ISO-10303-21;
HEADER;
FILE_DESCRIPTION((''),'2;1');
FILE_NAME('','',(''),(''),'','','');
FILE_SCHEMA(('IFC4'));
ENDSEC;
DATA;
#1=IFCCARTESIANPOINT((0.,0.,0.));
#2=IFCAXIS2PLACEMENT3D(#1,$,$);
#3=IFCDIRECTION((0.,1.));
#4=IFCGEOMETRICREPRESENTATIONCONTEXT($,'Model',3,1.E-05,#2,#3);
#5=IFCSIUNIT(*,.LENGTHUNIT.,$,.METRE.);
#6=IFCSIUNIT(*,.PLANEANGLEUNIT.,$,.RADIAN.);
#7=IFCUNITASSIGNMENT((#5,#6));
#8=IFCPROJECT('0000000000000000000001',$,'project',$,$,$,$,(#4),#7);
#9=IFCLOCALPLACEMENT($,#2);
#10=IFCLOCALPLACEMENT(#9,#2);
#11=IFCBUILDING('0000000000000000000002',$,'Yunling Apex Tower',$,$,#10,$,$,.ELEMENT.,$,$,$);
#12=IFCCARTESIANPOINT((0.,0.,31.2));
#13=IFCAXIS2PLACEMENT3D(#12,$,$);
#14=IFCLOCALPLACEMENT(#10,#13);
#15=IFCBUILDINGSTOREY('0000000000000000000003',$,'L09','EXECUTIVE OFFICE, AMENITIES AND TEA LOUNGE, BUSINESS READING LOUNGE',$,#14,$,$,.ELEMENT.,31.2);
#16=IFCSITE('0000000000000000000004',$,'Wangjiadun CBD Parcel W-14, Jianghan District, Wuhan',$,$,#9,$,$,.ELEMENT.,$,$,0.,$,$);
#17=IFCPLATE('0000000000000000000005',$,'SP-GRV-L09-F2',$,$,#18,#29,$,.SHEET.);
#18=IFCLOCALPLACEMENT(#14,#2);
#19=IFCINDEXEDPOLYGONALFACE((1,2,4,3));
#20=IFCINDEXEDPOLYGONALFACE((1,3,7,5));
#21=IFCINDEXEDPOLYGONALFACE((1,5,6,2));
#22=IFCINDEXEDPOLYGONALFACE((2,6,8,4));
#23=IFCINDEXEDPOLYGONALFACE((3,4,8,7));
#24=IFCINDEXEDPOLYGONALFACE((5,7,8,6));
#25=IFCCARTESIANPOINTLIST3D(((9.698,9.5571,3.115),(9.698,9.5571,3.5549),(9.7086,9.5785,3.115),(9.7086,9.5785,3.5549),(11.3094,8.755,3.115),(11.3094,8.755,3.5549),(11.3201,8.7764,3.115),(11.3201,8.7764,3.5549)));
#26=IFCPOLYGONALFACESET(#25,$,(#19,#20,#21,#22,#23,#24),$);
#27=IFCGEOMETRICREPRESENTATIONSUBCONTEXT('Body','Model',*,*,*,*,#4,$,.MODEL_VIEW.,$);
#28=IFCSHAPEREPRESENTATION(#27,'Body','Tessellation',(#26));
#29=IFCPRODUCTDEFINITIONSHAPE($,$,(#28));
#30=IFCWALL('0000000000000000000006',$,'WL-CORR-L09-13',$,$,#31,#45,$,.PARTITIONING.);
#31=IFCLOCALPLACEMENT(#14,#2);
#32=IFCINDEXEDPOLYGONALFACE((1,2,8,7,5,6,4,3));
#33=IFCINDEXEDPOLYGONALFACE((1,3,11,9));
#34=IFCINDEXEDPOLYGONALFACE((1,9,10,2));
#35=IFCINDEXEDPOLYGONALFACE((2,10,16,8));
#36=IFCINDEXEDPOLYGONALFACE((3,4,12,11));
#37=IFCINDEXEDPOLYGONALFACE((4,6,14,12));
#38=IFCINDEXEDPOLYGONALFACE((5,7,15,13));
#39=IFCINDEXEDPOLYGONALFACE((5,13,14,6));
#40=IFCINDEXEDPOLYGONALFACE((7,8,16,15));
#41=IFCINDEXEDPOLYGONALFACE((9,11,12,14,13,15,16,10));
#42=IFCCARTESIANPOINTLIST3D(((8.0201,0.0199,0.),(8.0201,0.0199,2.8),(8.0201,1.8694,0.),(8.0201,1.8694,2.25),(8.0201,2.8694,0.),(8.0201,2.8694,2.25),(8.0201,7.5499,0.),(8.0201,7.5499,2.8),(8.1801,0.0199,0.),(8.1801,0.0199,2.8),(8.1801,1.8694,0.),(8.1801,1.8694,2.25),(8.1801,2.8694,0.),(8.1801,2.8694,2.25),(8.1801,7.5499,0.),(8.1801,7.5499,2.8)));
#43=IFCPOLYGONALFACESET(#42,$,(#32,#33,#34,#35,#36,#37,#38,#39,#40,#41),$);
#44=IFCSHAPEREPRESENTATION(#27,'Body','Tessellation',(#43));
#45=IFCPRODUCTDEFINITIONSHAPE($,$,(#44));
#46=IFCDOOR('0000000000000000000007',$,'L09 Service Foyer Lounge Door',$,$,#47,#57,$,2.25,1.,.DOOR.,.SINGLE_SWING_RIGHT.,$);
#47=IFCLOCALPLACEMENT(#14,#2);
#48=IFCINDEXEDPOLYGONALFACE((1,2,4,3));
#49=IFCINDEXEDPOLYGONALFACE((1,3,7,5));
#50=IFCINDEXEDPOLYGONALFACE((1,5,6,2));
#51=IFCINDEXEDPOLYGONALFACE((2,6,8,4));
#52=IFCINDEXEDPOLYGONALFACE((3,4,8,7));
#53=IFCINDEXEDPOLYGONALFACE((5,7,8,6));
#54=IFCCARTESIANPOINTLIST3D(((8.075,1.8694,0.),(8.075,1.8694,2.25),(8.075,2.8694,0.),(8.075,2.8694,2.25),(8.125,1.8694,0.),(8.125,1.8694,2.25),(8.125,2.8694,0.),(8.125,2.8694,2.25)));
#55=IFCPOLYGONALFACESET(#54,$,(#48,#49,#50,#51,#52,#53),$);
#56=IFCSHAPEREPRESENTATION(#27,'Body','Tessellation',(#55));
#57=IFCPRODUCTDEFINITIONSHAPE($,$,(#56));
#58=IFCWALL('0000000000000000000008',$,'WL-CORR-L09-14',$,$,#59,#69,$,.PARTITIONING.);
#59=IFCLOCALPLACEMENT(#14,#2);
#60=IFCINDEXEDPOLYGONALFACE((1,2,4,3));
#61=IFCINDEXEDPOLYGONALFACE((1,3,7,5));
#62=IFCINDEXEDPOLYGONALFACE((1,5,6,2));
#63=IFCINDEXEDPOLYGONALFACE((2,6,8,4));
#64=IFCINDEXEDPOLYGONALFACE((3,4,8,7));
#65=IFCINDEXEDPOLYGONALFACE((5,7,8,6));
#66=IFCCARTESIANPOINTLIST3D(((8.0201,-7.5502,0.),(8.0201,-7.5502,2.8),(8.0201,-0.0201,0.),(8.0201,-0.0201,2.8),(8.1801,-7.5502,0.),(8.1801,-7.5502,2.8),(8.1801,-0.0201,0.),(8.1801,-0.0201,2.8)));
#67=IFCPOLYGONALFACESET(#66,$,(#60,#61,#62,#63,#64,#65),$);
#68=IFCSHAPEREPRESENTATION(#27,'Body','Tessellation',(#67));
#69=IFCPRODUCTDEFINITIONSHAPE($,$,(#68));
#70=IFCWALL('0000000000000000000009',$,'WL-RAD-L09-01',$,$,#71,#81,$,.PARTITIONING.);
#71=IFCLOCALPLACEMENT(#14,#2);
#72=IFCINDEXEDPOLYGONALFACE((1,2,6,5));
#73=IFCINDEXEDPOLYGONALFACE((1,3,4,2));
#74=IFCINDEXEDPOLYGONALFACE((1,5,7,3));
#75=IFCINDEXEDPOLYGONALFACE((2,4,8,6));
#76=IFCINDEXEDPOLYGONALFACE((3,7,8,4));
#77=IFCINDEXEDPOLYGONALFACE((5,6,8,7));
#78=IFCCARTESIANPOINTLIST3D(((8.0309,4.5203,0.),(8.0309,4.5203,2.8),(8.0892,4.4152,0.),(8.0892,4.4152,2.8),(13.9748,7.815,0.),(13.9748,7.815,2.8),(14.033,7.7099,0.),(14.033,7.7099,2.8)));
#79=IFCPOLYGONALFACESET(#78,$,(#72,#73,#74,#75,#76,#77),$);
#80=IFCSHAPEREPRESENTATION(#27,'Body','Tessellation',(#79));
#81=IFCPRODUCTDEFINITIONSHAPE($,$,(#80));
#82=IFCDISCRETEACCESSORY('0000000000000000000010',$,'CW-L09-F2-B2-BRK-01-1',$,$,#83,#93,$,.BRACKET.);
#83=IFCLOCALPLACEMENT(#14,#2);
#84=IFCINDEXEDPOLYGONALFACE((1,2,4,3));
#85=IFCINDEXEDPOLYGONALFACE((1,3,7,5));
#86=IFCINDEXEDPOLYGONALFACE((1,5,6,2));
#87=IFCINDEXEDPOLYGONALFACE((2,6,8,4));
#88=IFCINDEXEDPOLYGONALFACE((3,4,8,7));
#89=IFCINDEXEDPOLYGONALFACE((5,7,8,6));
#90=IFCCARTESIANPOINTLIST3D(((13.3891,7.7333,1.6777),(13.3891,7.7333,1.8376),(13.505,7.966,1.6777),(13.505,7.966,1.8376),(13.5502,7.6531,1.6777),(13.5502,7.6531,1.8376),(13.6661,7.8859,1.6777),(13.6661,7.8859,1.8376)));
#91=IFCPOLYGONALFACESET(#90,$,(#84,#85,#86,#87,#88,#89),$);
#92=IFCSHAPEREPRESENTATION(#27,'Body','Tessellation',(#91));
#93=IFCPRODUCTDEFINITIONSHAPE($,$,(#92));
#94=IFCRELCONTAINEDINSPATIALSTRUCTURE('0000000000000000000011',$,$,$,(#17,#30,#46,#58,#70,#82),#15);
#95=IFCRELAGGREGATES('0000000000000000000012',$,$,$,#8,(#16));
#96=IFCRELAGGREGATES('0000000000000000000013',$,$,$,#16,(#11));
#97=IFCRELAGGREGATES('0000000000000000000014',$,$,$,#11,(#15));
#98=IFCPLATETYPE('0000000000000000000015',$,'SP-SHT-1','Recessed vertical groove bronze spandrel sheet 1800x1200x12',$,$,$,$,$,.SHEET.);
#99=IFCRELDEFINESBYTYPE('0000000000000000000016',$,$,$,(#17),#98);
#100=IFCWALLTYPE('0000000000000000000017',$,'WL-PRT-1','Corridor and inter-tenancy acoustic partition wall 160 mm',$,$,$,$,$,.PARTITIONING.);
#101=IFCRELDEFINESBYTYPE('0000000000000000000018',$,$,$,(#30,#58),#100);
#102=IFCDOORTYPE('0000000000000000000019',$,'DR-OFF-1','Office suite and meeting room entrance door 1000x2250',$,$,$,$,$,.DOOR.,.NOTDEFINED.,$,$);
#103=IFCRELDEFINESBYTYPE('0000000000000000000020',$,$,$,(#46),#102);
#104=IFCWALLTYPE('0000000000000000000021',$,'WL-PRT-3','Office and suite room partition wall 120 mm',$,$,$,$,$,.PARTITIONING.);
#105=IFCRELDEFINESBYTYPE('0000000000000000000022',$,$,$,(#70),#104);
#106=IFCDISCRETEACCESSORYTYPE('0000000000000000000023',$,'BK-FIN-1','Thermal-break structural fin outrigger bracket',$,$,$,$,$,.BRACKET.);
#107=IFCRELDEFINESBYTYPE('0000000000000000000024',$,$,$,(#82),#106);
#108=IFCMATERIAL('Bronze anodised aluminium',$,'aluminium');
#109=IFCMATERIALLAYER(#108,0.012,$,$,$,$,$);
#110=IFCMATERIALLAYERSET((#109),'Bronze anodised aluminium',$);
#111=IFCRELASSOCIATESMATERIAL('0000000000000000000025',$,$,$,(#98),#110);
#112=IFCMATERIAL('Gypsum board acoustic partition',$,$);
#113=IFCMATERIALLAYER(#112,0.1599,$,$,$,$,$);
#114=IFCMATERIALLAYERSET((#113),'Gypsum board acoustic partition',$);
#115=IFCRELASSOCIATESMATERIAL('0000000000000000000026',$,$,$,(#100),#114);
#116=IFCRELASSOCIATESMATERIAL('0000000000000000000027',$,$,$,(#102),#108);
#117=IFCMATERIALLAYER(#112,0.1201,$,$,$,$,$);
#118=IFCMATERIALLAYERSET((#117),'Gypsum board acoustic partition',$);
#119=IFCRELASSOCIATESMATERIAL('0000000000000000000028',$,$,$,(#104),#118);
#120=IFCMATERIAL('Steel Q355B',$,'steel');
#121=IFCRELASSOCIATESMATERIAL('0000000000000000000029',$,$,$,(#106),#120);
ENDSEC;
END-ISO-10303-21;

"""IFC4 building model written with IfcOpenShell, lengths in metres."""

from ifc_helpers import new_model, si_unit, direction, frame, frame_2d, origin, origin_2d, place, context, subcontext, project, spatial, rectangle, extrude, source, transform, mapped, material, layer, layer_set, type_object, element, fill, save


model = new_model("IFC4")

# Units and contexts
model_context = context("Model", 3, precision=1e-05, world=origin(), true_north=direction((0.0, 1.0)))
body_context = subcontext(model_context, "Body", "Model", "MODEL_VIEW")
ifc_project = project(units=[si_unit("LENGTHUNIT", "METRE"), si_unit("PLANEANGLEUNIT", "RADIAN")], contexts=[model_context])

# Site, building, storey
site_placement = place(None, origin())
site = spatial("IfcSite", under=ifc_project, at=site_placement, Name="Wangjiadun CBD Parcel W-14, Jianghan District, Wuhan", CompositionType="ELEMENT", RefElevation=0.0)
building_placement = place(site_placement, origin())
building = spatial("IfcBuilding", under=site, at=building_placement, Name="Yunling Apex Tower", CompositionType="ELEMENT")
storey_placement = place(building_placement, frame((0.0, 0.0, 31.2)))
storey = spatial("IfcBuildingStorey", under=building, at=storey_placement, Name="L09", Description="EXECUTIVE OFFICE, AMENITIES AND TEA LOUNGE, BUSINESS READING LOUNGE", CompositionType="ELEMENT", Elevation=31.2)

# Shared definitions
ifc_material_1 = material(Name="Steel Q355B", Category="steel")

# Shared definitions
ifc_material_2 = material(Name="Bronze anodised aluminium", Category="aluminium")

# Plate
ifc_layer_1 = layer(ifc_material_2, 0.012)
ifc_layer_set_1 = layer_set([ifc_layer_1], Name="Bronze anodised aluminium")
plate_type_1 = type_object("IfcPlateType", Name="SP-SHT-1", Description="Recessed vertical groove bronze spandrel sheet 1800x1200x12", PredefinedType="SHEET", material=ifc_layer_set_1)
shared_shape_1 = source(origin(), body_context, "Body", "SweptSolid", [
    extrude(rectangle(XDim=1.8, YDim=0.0239, at=origin_2d()), origin(), (0.0, 0.0, 1.0), 0.4399),
])
plate_1_placement = place(storey_placement, frame((10.509, 9.1667, 3.115), z_axis=(0.0, 0.0, 1.0), x_axis=(-0.895246, 0.445573, 0.0)))
element("IfcPlate", 1, at=plate_1_placement, inside=storey, type_object=plate_type_1, Name="SP-GRV-L09-F2", PredefinedType="SHEET", context=body_context, shape_type="MappedRepresentation", body=[
    mapped(shared_shape_1, transform((0.0, 0.0, 0.0), scale=1.0)),
])

# Wall, opening, door
ifc_material_3 = material(Name="Gypsum board acoustic partition")
ifc_layer_2 = layer(ifc_material_3, 0.1599)
ifc_layer_set_2 = layer_set([ifc_layer_2], Name="Gypsum board acoustic partition")
wall_type_1 = type_object("IfcWallType", Name="WL-PRT-1", Description="Corridor and inter-tenancy acoustic partition wall 160 mm", PredefinedType="PARTITIONING", material=ifc_layer_set_2)
wall_1_placement = place(storey_placement, frame((8.1001, 7.55, 0.0), z_axis=(0.0, 0.0, 1.0), x_axis=(0.0, -1.0, 0.0)))
wall_1 = element("IfcWall", 2, at=wall_1_placement, inside=storey, type_object=wall_type_1, Name="WL-CORR-L09-13", PredefinedType="PARTITIONING", context=body_context, shape_type="SweptSolid", body=[
    extrude(rectangle(XDim=7.53, YDim=0.1599, at=frame_2d((3.7651, 0.0))), origin(), (0.0, 0.0, 1.0), 2.8),
])
opening_placement = place(wall_1_placement, frame((4.6807, 0.0, 0.0)))
opening = element("IfcOpeningElement", 3, at=opening_placement, cuts=wall_1, PredefinedType="OPENING", context=body_context, shape_type="SweptSolid", body=[
    extrude(rectangle(XDim=1.0, YDim=2.25, at=frame_2d((0.5, 1.125))), frame((0.0, 0.0898, 0.0), z_axis=(0.0, -1.0, 0.0), x_axis=(1.0, 0.0, 0.0)), (0.0, 0.0, 1.0), 0.1799),
])
door_type = type_object("IfcDoorType", Name="DR-OFF-1", Description="Office suite and meeting room entrance door 1000x2250", OperationType="NOTDEFINED", PredefinedType="DOOR", material=ifc_material_2)
door_placement = place(opening_placement, origin())
door = element("IfcDoor", 4, at=door_placement, inside=storey, type_object=door_type, Name="L09 Service Foyer Lounge Door", OperationType="SINGLE_SWING_RIGHT", OverallHeight=2.25, OverallWidth=1.0, PredefinedType="DOOR", context=body_context, shape_type="SweptSolid", body=[
    extrude(rectangle(XDim=1.0, YDim=2.25, at=frame_2d((0.5, 1.125))), frame((0.0, 0.0249, 0.0), z_axis=(0.0, -1.0, 0.0), x_axis=(1.0, 0.0, 0.0)), (0.0, 0.0, 1.0), 0.05),
])
fill(opening, door)

# Walls
wall_2_placement = place(storey_placement, frame((8.1001, -0.02, 0.0), z_axis=(0.0, 0.0, 1.0), x_axis=(0.0, -1.0, 0.0)))
element("IfcWall", 5, at=wall_2_placement, inside=storey, type_object=wall_type_1, Name="WL-CORR-L09-14", PredefinedType="PARTITIONING", context=body_context, shape_type="SweptSolid", body=[
    extrude(rectangle(XDim=7.53, YDim=0.1599, at=frame_2d((3.7651, 0.0))), origin(), (0.0, 0.0, 1.0), 2.8),
])
ifc_layer_3 = layer(ifc_material_3, 0.1201)
ifc_layer_set_3 = layer_set([ifc_layer_3], Name="Gypsum board acoustic partition")
wall_type_2 = type_object("IfcWallType", Name="WL-PRT-3", Description="Office and suite room partition wall 120 mm", PredefinedType="PARTITIONING", material=ifc_layer_set_3)
wall_3_placement = place(storey_placement, frame((8.0601, 4.4678, 0.0), z_axis=(0.0, 0.0, 1.0), x_axis=(0.874623, 0.484804, 0.0)))
element("IfcWall", 6, at=wall_3_placement, inside=storey, type_object=wall_type_2, Name="WL-RAD-L09-01", PredefinedType="PARTITIONING", context=body_context, shape_type="SweptSolid", body=[
    extrude(rectangle(XDim=6.7959, YDim=0.1201, at=frame_2d((3.3979, 0.0))), origin(), (0.0, 0.0, 1.0), 2.8),
])

# Discrete accessory
discrete_accessory_type = type_object("IfcDiscreteAccessoryType", Name="BK-FIN-1", Description="Thermal-break structural fin outrigger bracket", PredefinedType="BRACKET", material=ifc_material_1)
shared_shape_2 = source(origin(), body_context, "Body", "SweptSolid", [
    extrude(rectangle(XDim=0.1799, YDim=0.26, at=origin_2d()), origin(), (0.0, 0.0, 1.0), 0.1599),
])
discrete_accessory_placement = place(storey_placement, frame((13.5276, 7.8096, 1.6777), z_axis=(0.0, 0.0, 1.0), x_axis=(-0.895246, 0.445573, 0.0)))
element("IfcDiscreteAccessory", 7, at=discrete_accessory_placement, inside=storey, type_object=discrete_accessory_type, Name="CW-L09-F2-B2-BRK-01-1", PredefinedType="BRACKET", context=body_context, shape_type="MappedRepresentation", body=[
    mapped(shared_shape_2, transform((0.0, 0.0, 0.0), scale=1.0)),
])

save(model, "model.ifc")
